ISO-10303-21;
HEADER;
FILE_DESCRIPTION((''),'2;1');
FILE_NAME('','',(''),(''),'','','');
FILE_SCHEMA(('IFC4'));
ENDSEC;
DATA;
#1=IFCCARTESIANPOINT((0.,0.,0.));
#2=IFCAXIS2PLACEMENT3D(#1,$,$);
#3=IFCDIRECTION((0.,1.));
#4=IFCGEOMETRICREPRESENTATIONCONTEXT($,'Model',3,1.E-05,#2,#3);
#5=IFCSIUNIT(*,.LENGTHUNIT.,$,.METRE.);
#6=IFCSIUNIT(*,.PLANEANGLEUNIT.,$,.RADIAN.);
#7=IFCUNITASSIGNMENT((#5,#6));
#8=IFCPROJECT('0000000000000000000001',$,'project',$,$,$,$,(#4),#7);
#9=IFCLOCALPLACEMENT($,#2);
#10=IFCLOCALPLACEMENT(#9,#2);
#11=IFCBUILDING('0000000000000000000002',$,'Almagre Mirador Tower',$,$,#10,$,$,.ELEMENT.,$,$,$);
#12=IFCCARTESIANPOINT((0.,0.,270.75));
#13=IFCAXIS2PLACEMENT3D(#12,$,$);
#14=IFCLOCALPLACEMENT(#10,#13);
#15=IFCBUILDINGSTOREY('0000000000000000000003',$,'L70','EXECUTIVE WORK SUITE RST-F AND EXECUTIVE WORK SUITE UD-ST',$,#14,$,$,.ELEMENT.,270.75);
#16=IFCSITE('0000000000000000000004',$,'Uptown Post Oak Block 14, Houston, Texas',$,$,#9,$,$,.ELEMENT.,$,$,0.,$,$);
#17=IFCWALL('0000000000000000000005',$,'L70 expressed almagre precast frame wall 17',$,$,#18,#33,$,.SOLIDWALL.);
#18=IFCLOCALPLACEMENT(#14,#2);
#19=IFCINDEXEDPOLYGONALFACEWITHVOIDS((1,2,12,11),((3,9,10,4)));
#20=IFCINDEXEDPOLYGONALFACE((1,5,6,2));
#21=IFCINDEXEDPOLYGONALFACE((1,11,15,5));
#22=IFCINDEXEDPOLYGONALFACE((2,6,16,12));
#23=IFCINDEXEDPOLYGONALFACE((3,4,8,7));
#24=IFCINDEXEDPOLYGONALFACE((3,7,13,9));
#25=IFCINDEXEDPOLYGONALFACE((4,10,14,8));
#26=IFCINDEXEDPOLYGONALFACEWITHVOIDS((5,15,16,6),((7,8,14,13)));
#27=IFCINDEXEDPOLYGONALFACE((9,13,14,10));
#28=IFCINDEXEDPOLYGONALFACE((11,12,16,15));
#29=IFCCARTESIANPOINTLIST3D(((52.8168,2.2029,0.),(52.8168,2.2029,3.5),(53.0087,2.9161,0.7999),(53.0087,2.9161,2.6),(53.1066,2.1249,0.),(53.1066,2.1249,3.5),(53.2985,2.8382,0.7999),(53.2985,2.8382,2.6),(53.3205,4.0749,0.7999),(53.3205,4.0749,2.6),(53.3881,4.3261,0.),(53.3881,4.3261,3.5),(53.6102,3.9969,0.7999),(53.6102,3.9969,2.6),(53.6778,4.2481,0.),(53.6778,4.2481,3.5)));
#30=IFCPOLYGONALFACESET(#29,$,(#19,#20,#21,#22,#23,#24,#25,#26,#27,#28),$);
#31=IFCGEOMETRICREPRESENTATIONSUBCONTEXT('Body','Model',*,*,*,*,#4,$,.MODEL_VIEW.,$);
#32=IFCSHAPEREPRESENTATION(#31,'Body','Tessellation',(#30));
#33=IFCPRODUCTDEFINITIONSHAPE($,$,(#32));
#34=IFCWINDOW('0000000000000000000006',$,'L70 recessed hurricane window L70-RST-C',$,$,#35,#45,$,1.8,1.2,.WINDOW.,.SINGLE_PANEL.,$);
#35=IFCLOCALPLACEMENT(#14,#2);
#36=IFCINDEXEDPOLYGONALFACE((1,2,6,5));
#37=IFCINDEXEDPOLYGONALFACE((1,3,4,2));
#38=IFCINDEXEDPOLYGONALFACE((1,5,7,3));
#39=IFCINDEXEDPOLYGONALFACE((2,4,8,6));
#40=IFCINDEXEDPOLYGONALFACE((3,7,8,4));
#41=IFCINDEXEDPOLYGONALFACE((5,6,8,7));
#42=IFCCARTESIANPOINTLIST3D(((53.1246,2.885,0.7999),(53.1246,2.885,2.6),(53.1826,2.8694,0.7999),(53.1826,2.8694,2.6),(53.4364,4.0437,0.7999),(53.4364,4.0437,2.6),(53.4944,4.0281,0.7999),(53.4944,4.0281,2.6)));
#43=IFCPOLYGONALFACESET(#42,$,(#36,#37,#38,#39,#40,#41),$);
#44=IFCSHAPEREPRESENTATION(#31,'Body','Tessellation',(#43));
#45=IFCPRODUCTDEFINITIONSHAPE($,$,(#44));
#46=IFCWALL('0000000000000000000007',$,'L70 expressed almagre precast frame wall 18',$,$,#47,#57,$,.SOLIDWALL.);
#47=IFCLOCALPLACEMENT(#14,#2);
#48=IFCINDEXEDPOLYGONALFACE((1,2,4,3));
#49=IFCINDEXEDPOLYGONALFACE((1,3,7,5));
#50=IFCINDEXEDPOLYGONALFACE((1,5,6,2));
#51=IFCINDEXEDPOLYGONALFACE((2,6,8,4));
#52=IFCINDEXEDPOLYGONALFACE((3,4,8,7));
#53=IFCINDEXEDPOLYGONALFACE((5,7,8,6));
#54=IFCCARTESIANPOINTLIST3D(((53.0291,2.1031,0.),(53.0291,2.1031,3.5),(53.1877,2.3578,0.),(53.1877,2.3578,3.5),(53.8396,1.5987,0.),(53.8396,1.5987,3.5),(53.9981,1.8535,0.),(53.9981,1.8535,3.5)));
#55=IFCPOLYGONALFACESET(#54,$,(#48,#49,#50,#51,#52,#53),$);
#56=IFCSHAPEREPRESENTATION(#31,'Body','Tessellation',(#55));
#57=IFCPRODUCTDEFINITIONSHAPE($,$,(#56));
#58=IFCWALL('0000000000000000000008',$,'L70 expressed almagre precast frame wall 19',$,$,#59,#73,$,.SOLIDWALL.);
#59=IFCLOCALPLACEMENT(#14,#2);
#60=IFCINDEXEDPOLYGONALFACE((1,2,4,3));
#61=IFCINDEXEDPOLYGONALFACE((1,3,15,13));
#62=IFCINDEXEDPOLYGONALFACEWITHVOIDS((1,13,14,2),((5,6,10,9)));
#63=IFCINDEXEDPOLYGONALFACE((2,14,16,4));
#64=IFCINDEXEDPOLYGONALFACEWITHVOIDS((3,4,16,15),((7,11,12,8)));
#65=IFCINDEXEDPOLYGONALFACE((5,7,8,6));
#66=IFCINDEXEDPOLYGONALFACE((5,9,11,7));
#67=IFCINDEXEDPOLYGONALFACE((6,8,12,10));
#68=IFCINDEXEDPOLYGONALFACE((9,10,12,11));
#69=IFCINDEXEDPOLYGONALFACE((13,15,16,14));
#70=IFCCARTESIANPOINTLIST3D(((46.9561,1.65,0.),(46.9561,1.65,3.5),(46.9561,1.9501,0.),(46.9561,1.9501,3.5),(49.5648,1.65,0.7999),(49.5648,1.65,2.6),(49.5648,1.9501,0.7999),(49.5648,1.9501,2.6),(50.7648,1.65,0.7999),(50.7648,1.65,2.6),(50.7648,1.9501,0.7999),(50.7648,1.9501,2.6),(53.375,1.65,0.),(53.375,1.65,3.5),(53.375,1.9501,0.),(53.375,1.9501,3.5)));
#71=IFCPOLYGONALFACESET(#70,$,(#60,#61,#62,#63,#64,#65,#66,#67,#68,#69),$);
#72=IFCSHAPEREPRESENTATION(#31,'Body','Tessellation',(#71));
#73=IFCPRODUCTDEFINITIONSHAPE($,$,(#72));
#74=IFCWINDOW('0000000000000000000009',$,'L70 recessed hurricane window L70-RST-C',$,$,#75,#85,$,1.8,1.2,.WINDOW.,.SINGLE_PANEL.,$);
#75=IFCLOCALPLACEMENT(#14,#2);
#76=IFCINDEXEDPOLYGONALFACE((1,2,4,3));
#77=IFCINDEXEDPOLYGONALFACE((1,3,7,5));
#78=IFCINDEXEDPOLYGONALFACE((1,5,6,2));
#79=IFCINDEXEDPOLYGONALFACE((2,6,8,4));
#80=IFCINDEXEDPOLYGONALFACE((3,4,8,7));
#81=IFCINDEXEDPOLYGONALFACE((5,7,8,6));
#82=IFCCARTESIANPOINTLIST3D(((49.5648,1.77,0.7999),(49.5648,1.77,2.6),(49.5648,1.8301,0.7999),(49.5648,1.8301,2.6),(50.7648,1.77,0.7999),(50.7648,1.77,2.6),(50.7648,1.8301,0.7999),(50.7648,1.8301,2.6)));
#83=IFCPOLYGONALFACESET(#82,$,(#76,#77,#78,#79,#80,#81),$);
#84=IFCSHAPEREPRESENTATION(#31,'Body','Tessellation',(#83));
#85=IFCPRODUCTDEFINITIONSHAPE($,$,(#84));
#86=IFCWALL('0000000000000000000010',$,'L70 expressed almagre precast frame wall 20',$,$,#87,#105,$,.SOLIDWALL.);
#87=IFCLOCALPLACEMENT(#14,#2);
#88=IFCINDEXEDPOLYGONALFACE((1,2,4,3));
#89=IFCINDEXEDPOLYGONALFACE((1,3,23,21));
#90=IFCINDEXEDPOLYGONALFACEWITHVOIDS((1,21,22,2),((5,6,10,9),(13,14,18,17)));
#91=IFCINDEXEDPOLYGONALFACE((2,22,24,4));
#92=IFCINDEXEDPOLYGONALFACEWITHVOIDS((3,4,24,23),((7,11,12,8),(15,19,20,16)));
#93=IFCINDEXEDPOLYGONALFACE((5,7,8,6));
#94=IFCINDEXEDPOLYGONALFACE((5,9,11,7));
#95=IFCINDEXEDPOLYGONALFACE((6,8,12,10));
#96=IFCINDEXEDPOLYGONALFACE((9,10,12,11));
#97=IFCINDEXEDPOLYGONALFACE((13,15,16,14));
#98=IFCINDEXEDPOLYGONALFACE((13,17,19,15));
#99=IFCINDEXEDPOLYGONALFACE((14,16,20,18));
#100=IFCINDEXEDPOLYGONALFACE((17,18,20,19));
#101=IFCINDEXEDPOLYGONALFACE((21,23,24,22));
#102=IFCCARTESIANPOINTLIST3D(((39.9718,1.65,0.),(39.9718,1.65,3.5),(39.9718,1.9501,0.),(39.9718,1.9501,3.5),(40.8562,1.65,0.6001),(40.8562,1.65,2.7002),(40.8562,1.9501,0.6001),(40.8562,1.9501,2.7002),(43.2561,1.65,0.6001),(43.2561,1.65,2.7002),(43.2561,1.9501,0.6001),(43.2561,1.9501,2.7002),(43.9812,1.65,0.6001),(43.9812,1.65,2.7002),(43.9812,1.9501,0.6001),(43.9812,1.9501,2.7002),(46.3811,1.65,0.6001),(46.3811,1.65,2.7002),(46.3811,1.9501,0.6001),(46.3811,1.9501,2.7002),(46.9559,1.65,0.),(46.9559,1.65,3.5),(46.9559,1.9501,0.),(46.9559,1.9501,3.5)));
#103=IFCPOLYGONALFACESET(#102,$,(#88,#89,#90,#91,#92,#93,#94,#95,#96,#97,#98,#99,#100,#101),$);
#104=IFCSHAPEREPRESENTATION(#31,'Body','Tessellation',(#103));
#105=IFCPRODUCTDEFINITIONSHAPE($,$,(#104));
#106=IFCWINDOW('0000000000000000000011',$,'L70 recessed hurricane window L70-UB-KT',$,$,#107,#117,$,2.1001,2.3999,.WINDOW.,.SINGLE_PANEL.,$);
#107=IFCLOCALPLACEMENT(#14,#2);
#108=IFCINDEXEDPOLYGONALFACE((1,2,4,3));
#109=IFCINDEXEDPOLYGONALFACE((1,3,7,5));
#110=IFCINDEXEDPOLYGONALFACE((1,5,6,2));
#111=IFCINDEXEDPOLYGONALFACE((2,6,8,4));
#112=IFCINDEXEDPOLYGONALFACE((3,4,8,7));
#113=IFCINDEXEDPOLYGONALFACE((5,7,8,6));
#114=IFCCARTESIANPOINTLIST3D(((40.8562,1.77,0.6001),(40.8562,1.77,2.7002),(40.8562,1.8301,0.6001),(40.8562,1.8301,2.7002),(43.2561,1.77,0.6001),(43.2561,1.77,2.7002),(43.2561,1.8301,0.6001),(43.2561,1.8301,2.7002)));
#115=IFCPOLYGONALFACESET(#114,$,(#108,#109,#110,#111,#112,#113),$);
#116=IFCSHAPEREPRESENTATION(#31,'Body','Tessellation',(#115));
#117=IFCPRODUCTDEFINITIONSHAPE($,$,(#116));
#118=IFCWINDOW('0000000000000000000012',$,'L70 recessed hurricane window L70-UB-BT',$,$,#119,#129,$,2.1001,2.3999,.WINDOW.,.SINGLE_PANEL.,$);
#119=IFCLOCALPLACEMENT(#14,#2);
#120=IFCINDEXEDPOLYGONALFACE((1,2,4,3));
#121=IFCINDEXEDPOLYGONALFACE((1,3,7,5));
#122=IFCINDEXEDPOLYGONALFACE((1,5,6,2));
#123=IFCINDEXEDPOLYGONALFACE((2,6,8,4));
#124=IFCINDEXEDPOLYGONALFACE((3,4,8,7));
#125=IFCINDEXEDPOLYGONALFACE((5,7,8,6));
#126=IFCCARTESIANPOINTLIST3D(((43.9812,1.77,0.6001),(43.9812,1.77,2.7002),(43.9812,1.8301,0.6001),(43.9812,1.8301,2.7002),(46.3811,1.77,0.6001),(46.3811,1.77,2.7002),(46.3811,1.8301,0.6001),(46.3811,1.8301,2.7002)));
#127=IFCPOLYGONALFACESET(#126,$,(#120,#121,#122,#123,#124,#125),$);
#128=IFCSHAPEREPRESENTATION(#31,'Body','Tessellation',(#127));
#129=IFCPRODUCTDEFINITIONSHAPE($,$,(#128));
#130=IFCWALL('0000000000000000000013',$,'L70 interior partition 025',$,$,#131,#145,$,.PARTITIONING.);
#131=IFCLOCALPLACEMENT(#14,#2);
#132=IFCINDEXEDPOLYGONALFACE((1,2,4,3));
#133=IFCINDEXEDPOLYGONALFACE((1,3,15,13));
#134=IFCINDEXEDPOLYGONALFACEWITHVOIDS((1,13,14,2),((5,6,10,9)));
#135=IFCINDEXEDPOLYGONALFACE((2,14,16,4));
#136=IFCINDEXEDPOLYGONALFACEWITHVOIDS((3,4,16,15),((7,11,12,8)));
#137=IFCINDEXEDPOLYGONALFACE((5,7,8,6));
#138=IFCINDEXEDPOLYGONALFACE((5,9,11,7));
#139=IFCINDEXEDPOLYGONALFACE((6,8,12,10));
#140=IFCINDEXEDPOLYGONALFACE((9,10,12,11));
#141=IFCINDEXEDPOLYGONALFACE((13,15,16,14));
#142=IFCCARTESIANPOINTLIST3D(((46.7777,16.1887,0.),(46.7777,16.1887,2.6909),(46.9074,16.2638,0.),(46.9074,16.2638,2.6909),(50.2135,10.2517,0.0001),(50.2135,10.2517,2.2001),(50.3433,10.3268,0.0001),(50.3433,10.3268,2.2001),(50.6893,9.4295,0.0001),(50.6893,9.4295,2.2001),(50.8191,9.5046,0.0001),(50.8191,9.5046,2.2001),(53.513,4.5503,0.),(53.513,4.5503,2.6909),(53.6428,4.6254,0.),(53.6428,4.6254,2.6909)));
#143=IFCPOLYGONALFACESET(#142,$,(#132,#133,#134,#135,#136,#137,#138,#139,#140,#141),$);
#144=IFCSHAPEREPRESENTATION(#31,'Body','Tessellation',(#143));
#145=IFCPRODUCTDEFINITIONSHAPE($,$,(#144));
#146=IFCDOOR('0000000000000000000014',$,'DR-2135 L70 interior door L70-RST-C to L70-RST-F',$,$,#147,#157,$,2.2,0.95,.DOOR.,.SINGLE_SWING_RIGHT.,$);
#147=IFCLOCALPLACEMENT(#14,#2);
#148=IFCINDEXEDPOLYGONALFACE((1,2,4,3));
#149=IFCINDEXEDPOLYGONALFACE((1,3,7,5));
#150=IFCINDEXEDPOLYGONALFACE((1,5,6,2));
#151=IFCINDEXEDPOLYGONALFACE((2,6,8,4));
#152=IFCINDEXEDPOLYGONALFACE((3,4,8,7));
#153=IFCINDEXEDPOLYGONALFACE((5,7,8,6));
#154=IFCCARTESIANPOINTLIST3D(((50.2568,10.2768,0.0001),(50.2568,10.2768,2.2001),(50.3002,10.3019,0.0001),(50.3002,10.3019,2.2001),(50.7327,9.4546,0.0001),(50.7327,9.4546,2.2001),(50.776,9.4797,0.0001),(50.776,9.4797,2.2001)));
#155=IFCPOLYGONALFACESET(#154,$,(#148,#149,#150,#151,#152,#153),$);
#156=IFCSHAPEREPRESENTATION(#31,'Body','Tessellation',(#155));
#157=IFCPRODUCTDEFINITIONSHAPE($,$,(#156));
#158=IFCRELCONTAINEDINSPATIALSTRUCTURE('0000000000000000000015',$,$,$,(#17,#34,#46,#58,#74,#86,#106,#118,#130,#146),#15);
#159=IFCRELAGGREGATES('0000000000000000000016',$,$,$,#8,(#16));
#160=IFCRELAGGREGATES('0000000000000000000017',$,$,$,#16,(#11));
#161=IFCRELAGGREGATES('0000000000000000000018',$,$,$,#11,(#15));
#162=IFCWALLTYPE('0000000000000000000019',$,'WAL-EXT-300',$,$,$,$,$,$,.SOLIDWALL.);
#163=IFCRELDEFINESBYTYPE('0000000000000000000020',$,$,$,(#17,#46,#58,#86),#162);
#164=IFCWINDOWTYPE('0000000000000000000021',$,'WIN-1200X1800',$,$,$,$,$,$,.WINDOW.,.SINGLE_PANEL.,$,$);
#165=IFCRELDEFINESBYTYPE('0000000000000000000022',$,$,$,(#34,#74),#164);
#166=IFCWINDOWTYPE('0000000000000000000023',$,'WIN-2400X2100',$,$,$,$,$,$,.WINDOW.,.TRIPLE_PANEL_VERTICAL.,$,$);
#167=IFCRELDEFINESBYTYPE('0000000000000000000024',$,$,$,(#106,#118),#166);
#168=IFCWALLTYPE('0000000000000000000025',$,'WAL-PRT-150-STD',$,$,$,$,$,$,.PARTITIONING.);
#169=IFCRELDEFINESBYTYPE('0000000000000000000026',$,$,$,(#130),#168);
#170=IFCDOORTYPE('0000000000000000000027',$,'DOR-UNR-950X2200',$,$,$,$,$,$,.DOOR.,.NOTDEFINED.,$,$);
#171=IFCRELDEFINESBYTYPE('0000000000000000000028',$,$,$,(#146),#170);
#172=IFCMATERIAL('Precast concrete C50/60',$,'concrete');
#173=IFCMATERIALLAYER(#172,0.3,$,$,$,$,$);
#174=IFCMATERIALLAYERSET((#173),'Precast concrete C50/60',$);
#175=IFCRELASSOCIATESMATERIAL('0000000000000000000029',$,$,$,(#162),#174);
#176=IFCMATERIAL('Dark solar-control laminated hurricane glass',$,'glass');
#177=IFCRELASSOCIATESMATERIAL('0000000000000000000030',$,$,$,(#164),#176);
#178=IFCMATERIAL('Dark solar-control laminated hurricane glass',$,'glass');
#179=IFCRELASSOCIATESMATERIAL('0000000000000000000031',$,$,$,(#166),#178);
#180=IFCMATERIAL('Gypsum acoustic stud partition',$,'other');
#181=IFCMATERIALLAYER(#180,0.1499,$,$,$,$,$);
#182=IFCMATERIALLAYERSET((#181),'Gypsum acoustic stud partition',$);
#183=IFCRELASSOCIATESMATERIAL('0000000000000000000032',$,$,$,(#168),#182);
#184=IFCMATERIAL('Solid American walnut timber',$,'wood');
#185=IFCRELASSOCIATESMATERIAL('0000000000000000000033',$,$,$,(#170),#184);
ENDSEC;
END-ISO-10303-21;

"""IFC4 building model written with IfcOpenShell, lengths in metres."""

from ifc_helpers import new_model, si_unit, direction, frame, frame_2d, origin, place, context, subcontext, project, spatial, rectangle, extrude, material, layer, layer_set, type_object, element, fill, save


model = new_model("IFC4")

# Units and contexts
model_context = context("Model", 3, precision=1e-05, world=origin(), true_north=direction((0.0, 1.0)))
body_context = subcontext(model_context, "Body", "Model", "MODEL_VIEW")
ifc_project = project(units=[si_unit("LENGTHUNIT", "METRE"), si_unit("PLANEANGLEUNIT", "RADIAN")], contexts=[model_context])

# Site, building, storey
site_placement = place(None, origin())
site = spatial("IfcSite", under=ifc_project, at=site_placement, Name="Uptown Post Oak Block 14, Houston, Texas", CompositionType="ELEMENT", RefElevation=0.0)
building_placement = place(site_placement, origin())
building = spatial("IfcBuilding", under=site, at=building_placement, Name="Almagre Mirador Tower", CompositionType="ELEMENT")
storey_placement = place(building_placement, frame((0.0, 0.0, 270.75)))
storey = spatial("IfcBuildingStorey", under=building, at=storey_placement, Name="L70", Description="EXECUTIVE WORK SUITE RST-F AND EXECUTIVE WORK SUITE UD-ST", CompositionType="ELEMENT", Elevation=270.75)

# Shared definitions
ifc_material_1 = material(Name="Precast concrete C50/60", Category="concrete")
ifc_layer_1 = layer(ifc_material_1, 0.3)
ifc_layer_set_1 = layer_set([ifc_layer_1], Name="Precast concrete C50/60")
wall_type_1 = type_object("IfcWallType", Name="WAL-EXT-300", PredefinedType="SOLIDWALL", material=ifc_layer_set_1)

# Wall, opening, window
wall_1_placement = place(storey_placement, frame((53.533, 4.2871, 0.0), z_axis=(0.0, 0.0, 1.0), x_axis=(-0.259818, -0.965658, 0.0)))
wall_1 = element("IfcWall", 1, at=wall_1_placement, inside=storey, type_object=wall_type_1, Name="L70 expressed almagre precast frame wall 17", PredefinedType="SOLIDWALL", context=body_context, shape_type="SweptSolid", body=[
    extrude(rectangle(XDim=2.1987, YDim=0.3, at=frame_2d((1.0994, 0.0))), origin(), (0.0, 0.0, 1.0), 3.5),
])
opening_1_placement = place(wall_1_placement, frame((0.26, 0.0, 0.8)))
opening_1 = element("IfcOpeningElement", 2, at=opening_1_placement, cuts=wall_1, PredefinedType="OPENING", context=body_context, shape_type="SweptSolid", body=[
    extrude(rectangle(XDim=1.2, YDim=1.8, at=frame_2d((0.6001, 0.8999))), frame((0.0, 0.1599, 0.0), z_axis=(0.0, -1.0, 0.0), x_axis=(1.0, 0.0, 0.0)), (0.0, 0.0, 1.0), 0.32),
])
ifc_material_2 = material(Name="Dark solar-control laminated hurricane glass", Category="glass")
window_type_1 = type_object("IfcWindowType", Name="WIN-1200X1800", PartitioningType="SINGLE_PANEL", PredefinedType="WINDOW", material=ifc_material_2)
window_1_placement = place(opening_1_placement, origin())
window_1 = element("IfcWindow", 3, at=window_1_placement, inside=storey, type_object=window_type_1, Name="L70 recessed hurricane window L70-RST-C", OverallHeight=1.8, OverallWidth=1.2, PartitioningType="SINGLE_PANEL", PredefinedType="WINDOW", context=body_context, shape_type="SweptSolid", body=[
    extrude(rectangle(XDim=1.2, YDim=1.8, at=frame_2d((0.6001, 0.8999))), frame((0.0, 0.03, 0.0), z_axis=(0.0, -1.0, 0.0), x_axis=(1.0, 0.0, 0.0)), (0.0, 0.0, 1.0), 0.0601),
])
fill(opening_1, window_1)

# Wall
wall_2_placement = place(storey_placement, frame((53.1084, 2.2305, 0.0), z_axis=(0.0, 0.0, 1.0), x_axis=(0.849031, -0.528343, 0.0)))
element("IfcWall", 4, at=wall_2_placement, inside=storey, type_object=wall_type_1, Name="L70 expressed almagre precast frame wall 18", PredefinedType="SOLIDWALL", context=body_context, shape_type="SweptSolid", body=[
    extrude(rectangle(XDim=0.9546, YDim=0.3, at=frame_2d((0.4773, 0.0))), origin(), (0.0, 0.0, 1.0), 3.5),
])

# Wall, opening, window
wall_3_placement = place(storey_placement, frame((53.375, 1.8, 0.0), z_axis=(0.0, 0.0, 1.0), x_axis=(-1.0, 0.0, 0.0)))
wall_3 = element("IfcWall", 5, at=wall_3_placement, inside=storey, type_object=wall_type_1, Name="L70 expressed almagre precast frame wall 19", PredefinedType="SOLIDWALL", context=body_context, shape_type="SweptSolid", body=[
    extrude(rectangle(XDim=6.4189, YDim=0.3, at=frame_2d((3.2095, 0.0))), origin(), (0.0, 0.0, 1.0), 3.5),
])
opening_2_placement = place(wall_3_placement, frame((2.6101, 0.0, 0.8)))
opening_2 = element("IfcOpeningElement", 6, at=opening_2_placement, cuts=wall_3, PredefinedType="OPENING", context=body_context, shape_type="SweptSolid", body=[
    extrude(rectangle(XDim=1.2, YDim=1.8, at=frame_2d((0.6001, 0.8999))), frame((0.0, 0.1599, 0.0), z_axis=(0.0, -1.0, 0.0), x_axis=(1.0, 0.0, 0.0)), (0.0, 0.0, 1.0), 0.32),
])
window_2_placement = place(opening_2_placement, origin())
window_2 = element("IfcWindow", 7, at=window_2_placement, inside=storey, type_object=window_type_1, Name="L70 recessed hurricane window L70-RST-C", OverallHeight=1.8, OverallWidth=1.2, PartitioningType="SINGLE_PANEL", PredefinedType="WINDOW", context=body_context, shape_type="SweptSolid", body=[
    extrude(rectangle(XDim=1.2, YDim=1.8, at=frame_2d((0.6001, 0.8999))), frame((0.0, 0.03, 0.0), z_axis=(0.0, -1.0, 0.0), x_axis=(1.0, 0.0, 0.0)), (0.0, 0.0, 1.0), 0.0601),
])
fill(opening_2, window_2)

# Wall, openings, windows
wall_4_placement = place(storey_placement, frame((46.9561, 1.8, 0.0), z_axis=(0.0, 0.0, 1.0), x_axis=(-1.0, 0.0, 0.0)))
wall_4 = element("IfcWall", 8, at=wall_4_placement, inside=storey, type_object=wall_type_1, Name="L70 expressed almagre precast frame wall 20", PredefinedType="SOLIDWALL", context=body_context, shape_type="SweptSolid", body=[
    extrude(rectangle(XDim=6.9841, YDim=0.3, at=frame_2d((3.4922, 0.0))), origin(), (0.0, 0.0, 1.0), 3.5),
])
opening_3_placement = place(wall_4_placement, frame((3.7, 0.0, 0.6001)))
opening_3 = element("IfcOpeningElement", 9, at=opening_3_placement, cuts=wall_4, PredefinedType="OPENING", context=body_context, shape_type="SweptSolid", body=[
    extrude(rectangle(XDim=2.3999, YDim=2.1001, at=frame_2d((1.2, 1.05))), frame((0.0, 0.1599, 0.0), z_axis=(0.0, -1.0, 0.0), x_axis=(1.0, 0.0, 0.0)), (0.0, 0.0, 1.0), 0.32),
])
opening_4_placement = place(wall_4_placement, frame((0.575, 0.0, 0.6001)))
opening_4 = element("IfcOpeningElement", 10, at=opening_4_placement, cuts=wall_4, PredefinedType="OPENING", context=body_context, shape_type="SweptSolid", body=[
    extrude(rectangle(XDim=2.3999, YDim=2.1001, at=frame_2d((1.2, 1.05))), frame((0.0, 0.1599, 0.0), z_axis=(0.0, -1.0, 0.0), x_axis=(1.0, 0.0, 0.0)), (0.0, 0.0, 1.0), 0.32),
])
ifc_material_3 = material(Name="Dark solar-control laminated hurricane glass", Category="glass")
window_type_2 = type_object("IfcWindowType", Name="WIN-2400X2100", PartitioningType="TRIPLE_PANEL_VERTICAL", PredefinedType="WINDOW", material=ifc_material_3)
window_3_placement = place(opening_3_placement, origin())
window_3 = element("IfcWindow", 11, at=window_3_placement, inside=storey, type_object=window_type_2, Name="L70 recessed hurricane window L70-UB-KT", OverallHeight=2.1001, OverallWidth=2.3999, PartitioningType="SINGLE_PANEL", PredefinedType="WINDOW", context=body_context, shape_type="SweptSolid", body=[
    extrude(rectangle(XDim=2.3999, YDim=2.1001, at=frame_2d((1.2, 1.05))), frame((0.0, 0.03, 0.0), z_axis=(0.0, -1.0, 0.0), x_axis=(1.0, 0.0, 0.0)), (0.0, 0.0, 1.0), 0.0601),
])
fill(opening_3, window_3)
window_4_placement = place(opening_4_placement, origin())
window_4 = element("IfcWindow", 12, at=window_4_placement, inside=storey, type_object=window_type_2, Name="L70 recessed hurricane window L70-UB-BT", OverallHeight=2.1001, OverallWidth=2.3999, PartitioningType="SINGLE_PANEL", PredefinedType="WINDOW", context=body_context, shape_type="SweptSolid", body=[
    extrude(rectangle(XDim=2.3999, YDim=2.1001, at=frame_2d((1.2, 1.05))), frame((0.0, 0.03, 0.0), z_axis=(0.0, -1.0, 0.0), x_axis=(1.0, 0.0, 0.0)), (0.0, 0.0, 1.0), 0.0601),
])
fill(opening_4, window_4)

# Wall, opening, door
ifc_material_4 = material(Name="Gypsum acoustic stud partition", Category="other")
ifc_layer_2 = layer(ifc_material_4, 0.1499)
ifc_layer_set_2 = layer_set([ifc_layer_2], Name="Gypsum acoustic stud partition")
wall_type_2 = type_object("IfcWallType", Name="WAL-PRT-150-STD", PredefinedType="PARTITIONING", material=ifc_layer_set_2)
wall_5_placement = place(storey_placement, frame((53.5779, 4.5879, 0.0), z_axis=(0.0, 0.0, 1.0), x_axis=(-0.500887, 0.865513, 0.0)))
wall_5 = element("IfcWall", 13, at=wall_5_placement, inside=storey, type_object=wall_type_2, Name="L70 interior partition 025", PredefinedType="PARTITIONING", context=body_context, shape_type="SweptSolid", body=[
    extrude(rectangle(XDim=13.4468, YDim=0.1499, at=frame_2d((6.7234, 0.0))), origin(), (0.0, 0.0, 1.0), 2.6909),
])
opening_5_placement = place(wall_5_placement, frame((5.6372, 0.0, 0.0)))
opening_5 = element("IfcOpeningElement", 14, at=opening_5_placement, cuts=wall_5, PredefinedType="OPENING", context=body_context, shape_type="SweptSolid", body=[
    extrude(rectangle(XDim=0.95, YDim=2.2, at=frame_2d((0.4751, 1.1001))), frame((0.0, 0.085, 0.0), z_axis=(0.0, -1.0, 0.0), x_axis=(1.0, 0.0, 0.0)), (0.0, 0.0, 1.0), 0.1699),
])
ifc_material_5 = material(Name="Solid American walnut timber", Category="wood")
door_type = type_object("IfcDoorType", Name="DOR-UNR-950X2200", OperationType="NOTDEFINED", PredefinedType="DOOR", material=ifc_material_5)
door_placement = place(opening_5_placement, origin())
door = element("IfcDoor", 15, at=door_placement, inside=storey, type_object=door_type, Name="DR-2135 L70 interior door L70-RST-C to L70-RST-F", OperationType="SINGLE_SWING_RIGHT", OverallHeight=2.2, OverallWidth=0.95, PredefinedType="DOOR", context=body_context, shape_type="SweptSolid", body=[
    extrude(rectangle(XDim=0.95, YDim=2.2, at=frame_2d((0.4751, 1.1001))), frame((0.0, 0.0249, 0.0), z_axis=(0.0, -1.0, 0.0), x_axis=(1.0, 0.0, 0.0)), (0.0, 0.0, 1.0), 0.05),
])
fill(opening_5, door)

save(model, "model.ifc")
